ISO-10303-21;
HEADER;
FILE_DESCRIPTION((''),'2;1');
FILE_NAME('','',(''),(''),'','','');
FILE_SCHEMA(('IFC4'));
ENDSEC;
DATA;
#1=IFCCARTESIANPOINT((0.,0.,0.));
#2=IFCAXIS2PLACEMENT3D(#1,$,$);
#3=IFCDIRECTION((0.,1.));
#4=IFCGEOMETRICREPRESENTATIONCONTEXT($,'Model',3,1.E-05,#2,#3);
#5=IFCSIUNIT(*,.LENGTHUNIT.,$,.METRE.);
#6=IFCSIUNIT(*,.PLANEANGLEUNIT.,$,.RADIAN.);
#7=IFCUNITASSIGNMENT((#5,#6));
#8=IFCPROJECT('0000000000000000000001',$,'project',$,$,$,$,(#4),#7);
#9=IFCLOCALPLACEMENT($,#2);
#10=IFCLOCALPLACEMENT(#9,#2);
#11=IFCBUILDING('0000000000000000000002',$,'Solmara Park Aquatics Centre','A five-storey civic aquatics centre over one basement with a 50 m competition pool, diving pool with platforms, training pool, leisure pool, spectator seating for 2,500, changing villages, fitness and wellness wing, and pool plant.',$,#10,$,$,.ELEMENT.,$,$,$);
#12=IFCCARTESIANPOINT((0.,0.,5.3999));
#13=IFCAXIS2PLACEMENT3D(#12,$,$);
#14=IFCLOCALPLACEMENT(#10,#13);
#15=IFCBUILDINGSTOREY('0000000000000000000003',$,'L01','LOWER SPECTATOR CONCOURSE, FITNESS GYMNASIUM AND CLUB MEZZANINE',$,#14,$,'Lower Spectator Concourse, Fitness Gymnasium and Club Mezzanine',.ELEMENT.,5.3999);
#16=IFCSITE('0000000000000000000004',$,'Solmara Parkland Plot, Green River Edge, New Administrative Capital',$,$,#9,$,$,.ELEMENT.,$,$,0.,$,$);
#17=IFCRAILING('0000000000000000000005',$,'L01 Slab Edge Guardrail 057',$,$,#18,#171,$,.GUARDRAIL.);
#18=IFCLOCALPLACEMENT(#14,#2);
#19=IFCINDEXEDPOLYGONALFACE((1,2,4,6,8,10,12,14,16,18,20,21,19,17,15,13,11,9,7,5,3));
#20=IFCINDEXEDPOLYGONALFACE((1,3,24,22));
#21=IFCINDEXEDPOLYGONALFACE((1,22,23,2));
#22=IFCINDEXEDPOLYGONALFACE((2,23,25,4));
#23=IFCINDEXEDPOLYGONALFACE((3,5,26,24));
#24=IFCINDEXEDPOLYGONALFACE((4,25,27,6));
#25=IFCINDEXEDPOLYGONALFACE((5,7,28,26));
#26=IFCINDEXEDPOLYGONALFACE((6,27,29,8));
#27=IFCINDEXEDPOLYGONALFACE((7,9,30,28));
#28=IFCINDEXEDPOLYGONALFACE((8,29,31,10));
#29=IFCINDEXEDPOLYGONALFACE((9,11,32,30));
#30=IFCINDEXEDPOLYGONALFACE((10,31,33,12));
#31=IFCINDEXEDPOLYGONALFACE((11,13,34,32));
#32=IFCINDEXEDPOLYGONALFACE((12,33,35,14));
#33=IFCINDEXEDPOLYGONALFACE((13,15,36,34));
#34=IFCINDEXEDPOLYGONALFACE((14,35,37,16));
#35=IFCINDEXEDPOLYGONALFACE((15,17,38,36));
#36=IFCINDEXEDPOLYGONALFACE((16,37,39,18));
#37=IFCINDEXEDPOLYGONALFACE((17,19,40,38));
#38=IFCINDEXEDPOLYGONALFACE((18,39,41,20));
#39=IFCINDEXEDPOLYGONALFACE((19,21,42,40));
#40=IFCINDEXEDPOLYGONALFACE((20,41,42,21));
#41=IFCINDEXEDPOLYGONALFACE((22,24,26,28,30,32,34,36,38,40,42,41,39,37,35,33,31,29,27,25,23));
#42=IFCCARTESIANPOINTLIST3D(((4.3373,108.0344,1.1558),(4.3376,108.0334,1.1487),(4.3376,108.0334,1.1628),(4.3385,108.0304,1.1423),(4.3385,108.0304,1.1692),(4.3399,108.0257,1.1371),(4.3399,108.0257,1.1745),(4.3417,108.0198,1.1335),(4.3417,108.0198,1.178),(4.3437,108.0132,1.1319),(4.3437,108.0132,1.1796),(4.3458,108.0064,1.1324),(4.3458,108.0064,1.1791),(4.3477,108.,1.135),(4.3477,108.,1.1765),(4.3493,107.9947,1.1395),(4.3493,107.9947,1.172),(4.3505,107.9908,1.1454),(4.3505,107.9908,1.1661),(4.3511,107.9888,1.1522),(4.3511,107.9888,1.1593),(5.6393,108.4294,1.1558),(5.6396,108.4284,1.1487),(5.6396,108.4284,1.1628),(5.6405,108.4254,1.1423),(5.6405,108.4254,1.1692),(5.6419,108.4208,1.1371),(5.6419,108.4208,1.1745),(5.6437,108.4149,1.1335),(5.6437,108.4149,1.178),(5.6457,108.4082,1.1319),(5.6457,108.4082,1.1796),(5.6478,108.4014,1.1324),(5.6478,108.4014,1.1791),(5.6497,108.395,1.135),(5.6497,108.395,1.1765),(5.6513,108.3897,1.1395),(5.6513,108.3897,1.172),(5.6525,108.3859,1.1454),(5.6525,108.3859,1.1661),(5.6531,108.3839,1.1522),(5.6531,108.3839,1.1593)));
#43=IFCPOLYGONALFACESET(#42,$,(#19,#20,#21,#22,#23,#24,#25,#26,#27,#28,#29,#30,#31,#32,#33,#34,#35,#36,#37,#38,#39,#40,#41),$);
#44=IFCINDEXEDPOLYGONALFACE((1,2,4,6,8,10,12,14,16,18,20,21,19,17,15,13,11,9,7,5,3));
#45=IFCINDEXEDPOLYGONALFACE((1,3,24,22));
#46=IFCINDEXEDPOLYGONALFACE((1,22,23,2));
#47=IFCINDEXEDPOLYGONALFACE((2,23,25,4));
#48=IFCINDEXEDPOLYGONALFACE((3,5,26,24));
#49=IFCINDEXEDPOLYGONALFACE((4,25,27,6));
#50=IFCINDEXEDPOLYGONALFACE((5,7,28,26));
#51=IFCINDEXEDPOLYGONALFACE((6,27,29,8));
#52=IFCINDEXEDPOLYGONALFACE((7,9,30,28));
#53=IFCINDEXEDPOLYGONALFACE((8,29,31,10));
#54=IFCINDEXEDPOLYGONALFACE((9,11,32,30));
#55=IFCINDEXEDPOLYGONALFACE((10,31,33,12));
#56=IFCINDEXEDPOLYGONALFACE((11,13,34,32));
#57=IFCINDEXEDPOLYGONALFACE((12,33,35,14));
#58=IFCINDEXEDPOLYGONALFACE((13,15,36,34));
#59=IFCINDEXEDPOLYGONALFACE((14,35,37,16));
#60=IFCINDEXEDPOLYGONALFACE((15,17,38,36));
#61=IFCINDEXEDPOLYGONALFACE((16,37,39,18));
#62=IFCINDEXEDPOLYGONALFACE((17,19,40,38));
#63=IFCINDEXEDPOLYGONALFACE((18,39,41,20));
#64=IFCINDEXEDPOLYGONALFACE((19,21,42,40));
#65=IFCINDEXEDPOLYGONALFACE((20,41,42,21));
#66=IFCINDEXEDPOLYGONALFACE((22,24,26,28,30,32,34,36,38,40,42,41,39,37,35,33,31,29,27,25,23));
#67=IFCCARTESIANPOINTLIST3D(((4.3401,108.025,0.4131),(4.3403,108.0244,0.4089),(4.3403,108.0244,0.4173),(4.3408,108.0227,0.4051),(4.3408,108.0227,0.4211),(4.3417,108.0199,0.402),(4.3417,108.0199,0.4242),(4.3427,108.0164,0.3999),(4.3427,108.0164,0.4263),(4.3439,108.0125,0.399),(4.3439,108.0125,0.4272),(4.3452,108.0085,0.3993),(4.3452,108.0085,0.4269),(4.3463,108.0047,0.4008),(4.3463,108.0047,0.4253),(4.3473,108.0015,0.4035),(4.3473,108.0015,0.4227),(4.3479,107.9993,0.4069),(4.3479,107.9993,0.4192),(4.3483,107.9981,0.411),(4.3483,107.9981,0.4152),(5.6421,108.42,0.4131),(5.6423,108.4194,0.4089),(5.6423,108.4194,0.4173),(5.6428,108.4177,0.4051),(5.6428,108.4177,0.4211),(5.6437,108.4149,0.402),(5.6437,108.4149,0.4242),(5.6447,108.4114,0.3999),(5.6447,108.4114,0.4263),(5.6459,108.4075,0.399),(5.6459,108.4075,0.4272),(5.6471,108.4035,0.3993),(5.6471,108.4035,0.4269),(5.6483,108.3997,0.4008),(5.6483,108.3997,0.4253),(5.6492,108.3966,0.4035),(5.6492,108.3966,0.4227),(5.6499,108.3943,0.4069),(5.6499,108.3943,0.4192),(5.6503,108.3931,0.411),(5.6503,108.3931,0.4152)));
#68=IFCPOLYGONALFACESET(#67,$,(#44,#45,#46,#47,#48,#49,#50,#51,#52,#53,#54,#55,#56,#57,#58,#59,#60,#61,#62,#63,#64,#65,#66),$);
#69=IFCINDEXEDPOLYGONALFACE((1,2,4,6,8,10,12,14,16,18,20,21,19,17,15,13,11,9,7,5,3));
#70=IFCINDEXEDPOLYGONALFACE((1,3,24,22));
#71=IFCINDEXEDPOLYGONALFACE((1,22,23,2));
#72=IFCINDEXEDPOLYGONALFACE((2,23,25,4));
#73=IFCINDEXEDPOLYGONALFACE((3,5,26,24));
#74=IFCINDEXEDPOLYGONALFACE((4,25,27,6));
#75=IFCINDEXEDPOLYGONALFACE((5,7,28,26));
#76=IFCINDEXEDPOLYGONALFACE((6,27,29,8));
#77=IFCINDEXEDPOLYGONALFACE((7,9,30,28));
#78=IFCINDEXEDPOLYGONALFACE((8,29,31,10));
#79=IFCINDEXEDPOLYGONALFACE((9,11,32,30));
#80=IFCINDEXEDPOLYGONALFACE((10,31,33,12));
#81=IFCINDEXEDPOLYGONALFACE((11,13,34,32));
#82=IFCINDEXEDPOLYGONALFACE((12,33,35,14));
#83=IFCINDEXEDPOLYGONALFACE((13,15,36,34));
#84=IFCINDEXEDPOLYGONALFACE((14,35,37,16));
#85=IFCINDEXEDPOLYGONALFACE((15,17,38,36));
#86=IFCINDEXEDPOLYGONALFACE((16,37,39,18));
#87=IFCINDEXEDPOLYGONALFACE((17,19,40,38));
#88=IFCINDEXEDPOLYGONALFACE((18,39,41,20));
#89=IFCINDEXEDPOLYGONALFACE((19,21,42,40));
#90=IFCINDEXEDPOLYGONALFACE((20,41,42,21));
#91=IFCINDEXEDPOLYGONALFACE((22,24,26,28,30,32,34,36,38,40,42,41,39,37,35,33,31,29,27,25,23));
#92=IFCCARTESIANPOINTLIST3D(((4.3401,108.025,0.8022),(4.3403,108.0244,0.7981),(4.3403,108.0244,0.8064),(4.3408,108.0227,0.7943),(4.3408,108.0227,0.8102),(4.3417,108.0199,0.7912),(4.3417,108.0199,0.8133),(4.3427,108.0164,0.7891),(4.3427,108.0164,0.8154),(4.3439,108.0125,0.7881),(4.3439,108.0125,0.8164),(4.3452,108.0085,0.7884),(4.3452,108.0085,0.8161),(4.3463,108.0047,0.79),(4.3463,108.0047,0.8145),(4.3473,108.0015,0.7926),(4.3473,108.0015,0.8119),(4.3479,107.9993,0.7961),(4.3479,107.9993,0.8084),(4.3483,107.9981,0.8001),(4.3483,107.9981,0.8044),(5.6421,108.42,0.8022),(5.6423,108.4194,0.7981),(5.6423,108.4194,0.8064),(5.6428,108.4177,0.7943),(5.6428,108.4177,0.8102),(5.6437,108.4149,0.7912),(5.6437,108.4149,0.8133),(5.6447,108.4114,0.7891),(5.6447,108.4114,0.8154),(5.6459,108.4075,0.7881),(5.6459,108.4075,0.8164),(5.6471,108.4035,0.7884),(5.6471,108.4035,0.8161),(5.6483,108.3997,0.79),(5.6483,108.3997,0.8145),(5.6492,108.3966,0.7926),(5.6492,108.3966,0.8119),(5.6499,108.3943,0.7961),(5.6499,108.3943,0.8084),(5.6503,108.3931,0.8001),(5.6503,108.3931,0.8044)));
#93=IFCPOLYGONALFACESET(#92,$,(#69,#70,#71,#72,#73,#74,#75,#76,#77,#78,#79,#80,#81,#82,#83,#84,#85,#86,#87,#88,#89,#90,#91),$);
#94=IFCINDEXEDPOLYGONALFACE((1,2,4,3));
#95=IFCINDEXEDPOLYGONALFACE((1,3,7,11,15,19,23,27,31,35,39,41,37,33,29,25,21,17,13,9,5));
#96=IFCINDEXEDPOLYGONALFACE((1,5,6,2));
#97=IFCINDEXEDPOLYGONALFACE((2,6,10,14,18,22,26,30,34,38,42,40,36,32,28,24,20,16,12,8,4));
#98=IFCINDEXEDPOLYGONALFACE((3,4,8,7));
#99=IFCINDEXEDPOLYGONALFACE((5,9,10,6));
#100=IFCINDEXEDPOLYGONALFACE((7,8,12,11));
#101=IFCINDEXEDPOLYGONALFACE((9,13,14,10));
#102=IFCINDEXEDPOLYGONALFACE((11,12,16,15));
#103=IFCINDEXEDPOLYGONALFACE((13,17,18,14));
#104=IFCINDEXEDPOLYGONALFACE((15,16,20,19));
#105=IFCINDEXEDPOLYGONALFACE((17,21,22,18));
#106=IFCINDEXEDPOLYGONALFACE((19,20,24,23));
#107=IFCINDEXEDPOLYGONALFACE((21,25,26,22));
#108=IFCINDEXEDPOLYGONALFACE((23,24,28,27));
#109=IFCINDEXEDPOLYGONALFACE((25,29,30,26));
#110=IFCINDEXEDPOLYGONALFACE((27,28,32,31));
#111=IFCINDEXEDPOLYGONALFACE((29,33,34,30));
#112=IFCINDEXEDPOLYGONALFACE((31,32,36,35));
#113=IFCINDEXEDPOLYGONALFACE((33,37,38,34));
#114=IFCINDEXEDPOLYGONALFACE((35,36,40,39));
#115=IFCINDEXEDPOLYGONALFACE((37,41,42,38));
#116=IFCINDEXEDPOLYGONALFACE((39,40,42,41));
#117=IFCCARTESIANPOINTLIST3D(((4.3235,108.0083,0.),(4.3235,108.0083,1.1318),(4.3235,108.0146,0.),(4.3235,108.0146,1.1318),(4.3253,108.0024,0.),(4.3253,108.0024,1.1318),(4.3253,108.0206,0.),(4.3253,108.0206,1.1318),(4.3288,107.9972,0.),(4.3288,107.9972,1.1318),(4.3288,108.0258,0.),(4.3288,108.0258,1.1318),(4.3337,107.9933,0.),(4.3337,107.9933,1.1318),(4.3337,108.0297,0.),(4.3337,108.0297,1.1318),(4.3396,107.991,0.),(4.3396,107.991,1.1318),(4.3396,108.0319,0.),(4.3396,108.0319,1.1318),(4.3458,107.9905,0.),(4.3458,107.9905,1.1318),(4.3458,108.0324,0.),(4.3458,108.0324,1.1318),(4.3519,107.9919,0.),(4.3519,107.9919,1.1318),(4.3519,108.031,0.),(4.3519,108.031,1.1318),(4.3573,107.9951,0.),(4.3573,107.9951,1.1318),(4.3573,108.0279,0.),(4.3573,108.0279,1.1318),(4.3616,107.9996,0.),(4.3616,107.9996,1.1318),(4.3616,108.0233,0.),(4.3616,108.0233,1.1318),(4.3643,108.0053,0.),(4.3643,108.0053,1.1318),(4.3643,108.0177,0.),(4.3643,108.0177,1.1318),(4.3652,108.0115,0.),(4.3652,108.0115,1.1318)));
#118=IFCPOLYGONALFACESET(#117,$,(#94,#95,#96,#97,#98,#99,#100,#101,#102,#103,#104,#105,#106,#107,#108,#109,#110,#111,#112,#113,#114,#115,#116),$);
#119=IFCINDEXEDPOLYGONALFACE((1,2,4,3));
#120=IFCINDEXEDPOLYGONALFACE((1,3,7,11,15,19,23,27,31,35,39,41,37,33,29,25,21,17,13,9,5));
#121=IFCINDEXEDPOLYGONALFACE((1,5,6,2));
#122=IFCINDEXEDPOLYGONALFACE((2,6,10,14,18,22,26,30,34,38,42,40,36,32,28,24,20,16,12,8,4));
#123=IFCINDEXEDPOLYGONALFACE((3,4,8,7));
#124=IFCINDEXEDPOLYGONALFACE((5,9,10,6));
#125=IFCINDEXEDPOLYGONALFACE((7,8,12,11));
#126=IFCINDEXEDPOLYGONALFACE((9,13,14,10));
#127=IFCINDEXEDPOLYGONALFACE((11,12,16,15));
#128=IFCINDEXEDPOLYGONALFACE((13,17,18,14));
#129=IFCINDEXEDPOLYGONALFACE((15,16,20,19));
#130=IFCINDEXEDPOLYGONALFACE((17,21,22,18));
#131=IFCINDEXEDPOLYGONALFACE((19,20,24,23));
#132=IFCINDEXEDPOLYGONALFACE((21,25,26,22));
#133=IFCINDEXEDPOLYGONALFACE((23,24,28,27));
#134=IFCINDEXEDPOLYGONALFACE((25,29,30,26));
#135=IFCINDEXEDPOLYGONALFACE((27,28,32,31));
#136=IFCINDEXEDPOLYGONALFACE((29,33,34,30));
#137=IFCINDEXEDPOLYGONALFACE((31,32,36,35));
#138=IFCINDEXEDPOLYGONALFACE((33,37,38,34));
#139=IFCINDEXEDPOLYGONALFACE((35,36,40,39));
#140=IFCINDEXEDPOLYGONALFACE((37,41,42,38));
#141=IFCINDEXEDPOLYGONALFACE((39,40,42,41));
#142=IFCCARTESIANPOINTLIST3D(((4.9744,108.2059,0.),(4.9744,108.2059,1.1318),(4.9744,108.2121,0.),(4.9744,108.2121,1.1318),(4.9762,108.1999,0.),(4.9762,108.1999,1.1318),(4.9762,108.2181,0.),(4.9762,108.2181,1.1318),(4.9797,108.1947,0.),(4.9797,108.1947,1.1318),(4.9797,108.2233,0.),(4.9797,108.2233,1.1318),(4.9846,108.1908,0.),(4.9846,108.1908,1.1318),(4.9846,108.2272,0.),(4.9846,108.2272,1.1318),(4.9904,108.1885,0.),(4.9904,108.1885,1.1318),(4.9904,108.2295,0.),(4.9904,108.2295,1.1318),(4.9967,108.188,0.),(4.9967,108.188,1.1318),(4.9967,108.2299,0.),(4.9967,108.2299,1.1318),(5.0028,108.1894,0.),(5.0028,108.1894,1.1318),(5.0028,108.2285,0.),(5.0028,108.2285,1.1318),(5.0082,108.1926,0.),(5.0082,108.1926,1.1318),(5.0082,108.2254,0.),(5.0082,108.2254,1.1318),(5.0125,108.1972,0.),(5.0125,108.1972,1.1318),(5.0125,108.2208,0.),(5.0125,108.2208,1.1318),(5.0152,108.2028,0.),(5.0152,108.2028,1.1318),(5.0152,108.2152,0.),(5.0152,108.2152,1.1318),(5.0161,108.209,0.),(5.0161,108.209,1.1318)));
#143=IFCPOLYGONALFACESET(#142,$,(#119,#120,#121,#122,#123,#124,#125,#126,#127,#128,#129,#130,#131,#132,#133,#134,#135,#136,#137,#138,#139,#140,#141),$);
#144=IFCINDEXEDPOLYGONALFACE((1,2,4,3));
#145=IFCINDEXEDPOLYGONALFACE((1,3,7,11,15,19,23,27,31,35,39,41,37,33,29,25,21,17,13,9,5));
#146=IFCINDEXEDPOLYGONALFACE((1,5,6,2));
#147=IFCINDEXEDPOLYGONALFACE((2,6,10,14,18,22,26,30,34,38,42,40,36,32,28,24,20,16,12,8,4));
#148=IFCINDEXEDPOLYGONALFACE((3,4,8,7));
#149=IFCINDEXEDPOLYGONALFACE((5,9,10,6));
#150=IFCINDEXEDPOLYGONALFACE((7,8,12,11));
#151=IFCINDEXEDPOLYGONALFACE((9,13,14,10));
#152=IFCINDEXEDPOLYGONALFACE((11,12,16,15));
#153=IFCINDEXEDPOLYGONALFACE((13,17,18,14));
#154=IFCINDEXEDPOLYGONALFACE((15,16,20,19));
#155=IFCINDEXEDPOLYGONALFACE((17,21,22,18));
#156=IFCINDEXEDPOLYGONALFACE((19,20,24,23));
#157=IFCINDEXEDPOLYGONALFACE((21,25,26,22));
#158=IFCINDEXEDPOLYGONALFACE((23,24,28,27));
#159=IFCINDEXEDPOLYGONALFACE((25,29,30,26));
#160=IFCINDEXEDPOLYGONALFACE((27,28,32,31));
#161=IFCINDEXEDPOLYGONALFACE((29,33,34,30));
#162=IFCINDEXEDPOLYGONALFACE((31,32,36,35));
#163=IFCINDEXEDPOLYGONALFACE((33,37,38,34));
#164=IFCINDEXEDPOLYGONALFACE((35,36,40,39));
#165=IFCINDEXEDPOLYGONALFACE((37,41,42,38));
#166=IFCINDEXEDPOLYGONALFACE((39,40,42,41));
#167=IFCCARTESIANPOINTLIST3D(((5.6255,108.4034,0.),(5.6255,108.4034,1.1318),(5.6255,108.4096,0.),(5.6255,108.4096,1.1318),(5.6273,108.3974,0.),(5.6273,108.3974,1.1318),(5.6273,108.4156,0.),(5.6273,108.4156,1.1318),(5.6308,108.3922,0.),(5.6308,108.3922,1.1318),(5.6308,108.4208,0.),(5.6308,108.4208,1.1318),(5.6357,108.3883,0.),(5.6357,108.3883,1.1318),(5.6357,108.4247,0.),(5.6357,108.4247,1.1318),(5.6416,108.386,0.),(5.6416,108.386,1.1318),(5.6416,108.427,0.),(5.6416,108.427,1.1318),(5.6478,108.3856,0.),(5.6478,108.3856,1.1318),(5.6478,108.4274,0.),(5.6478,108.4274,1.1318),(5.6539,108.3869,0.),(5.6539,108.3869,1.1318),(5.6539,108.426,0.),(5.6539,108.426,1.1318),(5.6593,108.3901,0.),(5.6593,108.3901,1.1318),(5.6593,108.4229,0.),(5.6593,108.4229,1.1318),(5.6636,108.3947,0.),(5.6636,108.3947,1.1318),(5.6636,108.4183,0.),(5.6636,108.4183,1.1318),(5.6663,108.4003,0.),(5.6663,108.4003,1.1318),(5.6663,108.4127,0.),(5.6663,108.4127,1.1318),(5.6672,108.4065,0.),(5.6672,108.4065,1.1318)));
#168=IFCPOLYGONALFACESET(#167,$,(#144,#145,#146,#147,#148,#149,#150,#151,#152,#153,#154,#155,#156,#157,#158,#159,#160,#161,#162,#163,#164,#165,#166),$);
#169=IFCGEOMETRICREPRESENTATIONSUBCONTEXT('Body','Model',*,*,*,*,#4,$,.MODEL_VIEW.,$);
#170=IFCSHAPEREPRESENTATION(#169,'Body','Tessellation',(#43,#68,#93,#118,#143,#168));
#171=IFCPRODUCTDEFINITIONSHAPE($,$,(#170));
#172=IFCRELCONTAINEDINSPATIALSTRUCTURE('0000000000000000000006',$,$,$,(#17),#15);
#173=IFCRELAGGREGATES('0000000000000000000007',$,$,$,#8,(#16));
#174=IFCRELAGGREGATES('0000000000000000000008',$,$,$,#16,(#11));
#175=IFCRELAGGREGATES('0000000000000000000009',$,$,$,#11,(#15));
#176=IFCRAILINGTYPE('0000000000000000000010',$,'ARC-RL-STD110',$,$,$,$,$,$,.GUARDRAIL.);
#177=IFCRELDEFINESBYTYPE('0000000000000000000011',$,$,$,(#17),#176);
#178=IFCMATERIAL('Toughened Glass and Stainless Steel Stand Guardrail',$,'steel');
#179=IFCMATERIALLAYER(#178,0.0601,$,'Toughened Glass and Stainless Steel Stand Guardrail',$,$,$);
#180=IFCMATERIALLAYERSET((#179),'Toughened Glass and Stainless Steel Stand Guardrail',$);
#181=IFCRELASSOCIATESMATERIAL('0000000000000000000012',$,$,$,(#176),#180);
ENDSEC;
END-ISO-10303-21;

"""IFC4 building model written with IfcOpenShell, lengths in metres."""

from ifc_helpers import new_model, si_unit, direction, frame, origin, origin_2d, place, context, subcontext, project, spatial, circle, extrude, material, layer, layer_set, type_object, element, save


model = new_model("IFC4")

# Units and contexts
model_context = context("Model", 3, precision=1e-05, world=origin(), true_north=direction((0.0, 1.0)))
body_context = subcontext(model_context, "Body", "Model", "MODEL_VIEW")
ifc_project = project(units=[si_unit("LENGTHUNIT", "METRE"), si_unit("PLANEANGLEUNIT", "RADIAN")], contexts=[model_context])

# Site, building, storey
site_placement = place(None, origin())
site = spatial("IfcSite", under=ifc_project, at=site_placement, Name="Solmara Parkland Plot, Green River Edge, New Administrative Capital", CompositionType="ELEMENT", RefElevation=0.0)
building_placement = place(site_placement, origin())
building = spatial("IfcBuilding", under=site, at=building_placement, Name="Solmara Park Aquatics Centre", Description="A five-storey civic aquatics centre over one basement with a 50 m competition pool, diving pool with platforms, training pool, leisure pool, spectator seating for 2,500, changing villages, fitness and wellness wing, and pool plant.", CompositionType="ELEMENT")
storey_placement = place(building_placement, frame((0.0, 0.0, 5.3999)))
storey = spatial("IfcBuildingStorey", under=building, at=storey_placement, Name="L01", Description="LOWER SPECTATOR CONCOURSE, FITNESS GYMNASIUM AND CLUB MEZZANINE", LongName="Lower Spectator Concourse, Fitness Gymnasium and Club Mezzanine", CompositionType="ELEMENT", Elevation=5.3999)

# Railing
ifc_material_1 = material(Name="Toughened Glass and Stainless Steel Stand Guardrail", Category="steel")
ifc_layer_1 = layer(ifc_material_1, 0.0601, Name="Toughened Glass and Stainless Steel Stand Guardrail")
ifc_layer_set_1 = layer_set([ifc_layer_1], Name="Toughened Glass and Stainless Steel Stand Guardrail")
railing_type = type_object("IfcRailingType", Name="ARC-RL-STD110", PredefinedType="GUARDRAIL", material=ifc_layer_set_1)
railing_1_placement = place(storey_placement, frame((4.3442, 108.0115, 0.0)))
element("IfcRailing", 1, at=railing_1_placement, inside=storey, type_object=railing_type, Name="L01 Slab Edge Guardrail 057", PredefinedType="GUARDRAIL", context=body_context, shape_type="SweptSolid", body=[
    extrude(circle(Radius=0.0239, at=origin_2d()), frame((0.0, 0.0, 1.1558), z_axis=(0.956928, 0.290326, 0.0), x_axis=(-0.290326, 0.956928, 0.0)), (0.0, 0.0, 1.0), 1.3606),
    extrude(circle(Radius=0.0142, at=origin_2d()), frame((0.0, 0.0, 0.4131), z_axis=(0.956928, 0.290326, 0.0), x_axis=(-0.290326, 0.956928, 0.0)), (0.0, 0.0, 1.0), 1.3606),
    extrude(circle(Radius=0.0142, at=origin_2d()), frame((0.0, 0.0, 0.8022), z_axis=(0.956928, 0.290326, 0.0), x_axis=(-0.290326, 0.956928, 0.0)), (0.0, 0.0, 1.0), 1.3606),
    extrude(circle(Radius=0.021, at=origin_2d()), origin(), (0.0, 0.0, 1.0), 1.1318),
    extrude(circle(Radius=0.021, at=origin_2d()), frame((0.6509, 0.1975, 0.0)), (0.0, 0.0, 1.0), 1.1318),
    extrude(circle(Radius=0.021, at=origin_2d()), frame((1.302, 0.395, 0.0)), (0.0, 0.0, 1.0), 1.1318),
])

save(model, "model.ifc")
